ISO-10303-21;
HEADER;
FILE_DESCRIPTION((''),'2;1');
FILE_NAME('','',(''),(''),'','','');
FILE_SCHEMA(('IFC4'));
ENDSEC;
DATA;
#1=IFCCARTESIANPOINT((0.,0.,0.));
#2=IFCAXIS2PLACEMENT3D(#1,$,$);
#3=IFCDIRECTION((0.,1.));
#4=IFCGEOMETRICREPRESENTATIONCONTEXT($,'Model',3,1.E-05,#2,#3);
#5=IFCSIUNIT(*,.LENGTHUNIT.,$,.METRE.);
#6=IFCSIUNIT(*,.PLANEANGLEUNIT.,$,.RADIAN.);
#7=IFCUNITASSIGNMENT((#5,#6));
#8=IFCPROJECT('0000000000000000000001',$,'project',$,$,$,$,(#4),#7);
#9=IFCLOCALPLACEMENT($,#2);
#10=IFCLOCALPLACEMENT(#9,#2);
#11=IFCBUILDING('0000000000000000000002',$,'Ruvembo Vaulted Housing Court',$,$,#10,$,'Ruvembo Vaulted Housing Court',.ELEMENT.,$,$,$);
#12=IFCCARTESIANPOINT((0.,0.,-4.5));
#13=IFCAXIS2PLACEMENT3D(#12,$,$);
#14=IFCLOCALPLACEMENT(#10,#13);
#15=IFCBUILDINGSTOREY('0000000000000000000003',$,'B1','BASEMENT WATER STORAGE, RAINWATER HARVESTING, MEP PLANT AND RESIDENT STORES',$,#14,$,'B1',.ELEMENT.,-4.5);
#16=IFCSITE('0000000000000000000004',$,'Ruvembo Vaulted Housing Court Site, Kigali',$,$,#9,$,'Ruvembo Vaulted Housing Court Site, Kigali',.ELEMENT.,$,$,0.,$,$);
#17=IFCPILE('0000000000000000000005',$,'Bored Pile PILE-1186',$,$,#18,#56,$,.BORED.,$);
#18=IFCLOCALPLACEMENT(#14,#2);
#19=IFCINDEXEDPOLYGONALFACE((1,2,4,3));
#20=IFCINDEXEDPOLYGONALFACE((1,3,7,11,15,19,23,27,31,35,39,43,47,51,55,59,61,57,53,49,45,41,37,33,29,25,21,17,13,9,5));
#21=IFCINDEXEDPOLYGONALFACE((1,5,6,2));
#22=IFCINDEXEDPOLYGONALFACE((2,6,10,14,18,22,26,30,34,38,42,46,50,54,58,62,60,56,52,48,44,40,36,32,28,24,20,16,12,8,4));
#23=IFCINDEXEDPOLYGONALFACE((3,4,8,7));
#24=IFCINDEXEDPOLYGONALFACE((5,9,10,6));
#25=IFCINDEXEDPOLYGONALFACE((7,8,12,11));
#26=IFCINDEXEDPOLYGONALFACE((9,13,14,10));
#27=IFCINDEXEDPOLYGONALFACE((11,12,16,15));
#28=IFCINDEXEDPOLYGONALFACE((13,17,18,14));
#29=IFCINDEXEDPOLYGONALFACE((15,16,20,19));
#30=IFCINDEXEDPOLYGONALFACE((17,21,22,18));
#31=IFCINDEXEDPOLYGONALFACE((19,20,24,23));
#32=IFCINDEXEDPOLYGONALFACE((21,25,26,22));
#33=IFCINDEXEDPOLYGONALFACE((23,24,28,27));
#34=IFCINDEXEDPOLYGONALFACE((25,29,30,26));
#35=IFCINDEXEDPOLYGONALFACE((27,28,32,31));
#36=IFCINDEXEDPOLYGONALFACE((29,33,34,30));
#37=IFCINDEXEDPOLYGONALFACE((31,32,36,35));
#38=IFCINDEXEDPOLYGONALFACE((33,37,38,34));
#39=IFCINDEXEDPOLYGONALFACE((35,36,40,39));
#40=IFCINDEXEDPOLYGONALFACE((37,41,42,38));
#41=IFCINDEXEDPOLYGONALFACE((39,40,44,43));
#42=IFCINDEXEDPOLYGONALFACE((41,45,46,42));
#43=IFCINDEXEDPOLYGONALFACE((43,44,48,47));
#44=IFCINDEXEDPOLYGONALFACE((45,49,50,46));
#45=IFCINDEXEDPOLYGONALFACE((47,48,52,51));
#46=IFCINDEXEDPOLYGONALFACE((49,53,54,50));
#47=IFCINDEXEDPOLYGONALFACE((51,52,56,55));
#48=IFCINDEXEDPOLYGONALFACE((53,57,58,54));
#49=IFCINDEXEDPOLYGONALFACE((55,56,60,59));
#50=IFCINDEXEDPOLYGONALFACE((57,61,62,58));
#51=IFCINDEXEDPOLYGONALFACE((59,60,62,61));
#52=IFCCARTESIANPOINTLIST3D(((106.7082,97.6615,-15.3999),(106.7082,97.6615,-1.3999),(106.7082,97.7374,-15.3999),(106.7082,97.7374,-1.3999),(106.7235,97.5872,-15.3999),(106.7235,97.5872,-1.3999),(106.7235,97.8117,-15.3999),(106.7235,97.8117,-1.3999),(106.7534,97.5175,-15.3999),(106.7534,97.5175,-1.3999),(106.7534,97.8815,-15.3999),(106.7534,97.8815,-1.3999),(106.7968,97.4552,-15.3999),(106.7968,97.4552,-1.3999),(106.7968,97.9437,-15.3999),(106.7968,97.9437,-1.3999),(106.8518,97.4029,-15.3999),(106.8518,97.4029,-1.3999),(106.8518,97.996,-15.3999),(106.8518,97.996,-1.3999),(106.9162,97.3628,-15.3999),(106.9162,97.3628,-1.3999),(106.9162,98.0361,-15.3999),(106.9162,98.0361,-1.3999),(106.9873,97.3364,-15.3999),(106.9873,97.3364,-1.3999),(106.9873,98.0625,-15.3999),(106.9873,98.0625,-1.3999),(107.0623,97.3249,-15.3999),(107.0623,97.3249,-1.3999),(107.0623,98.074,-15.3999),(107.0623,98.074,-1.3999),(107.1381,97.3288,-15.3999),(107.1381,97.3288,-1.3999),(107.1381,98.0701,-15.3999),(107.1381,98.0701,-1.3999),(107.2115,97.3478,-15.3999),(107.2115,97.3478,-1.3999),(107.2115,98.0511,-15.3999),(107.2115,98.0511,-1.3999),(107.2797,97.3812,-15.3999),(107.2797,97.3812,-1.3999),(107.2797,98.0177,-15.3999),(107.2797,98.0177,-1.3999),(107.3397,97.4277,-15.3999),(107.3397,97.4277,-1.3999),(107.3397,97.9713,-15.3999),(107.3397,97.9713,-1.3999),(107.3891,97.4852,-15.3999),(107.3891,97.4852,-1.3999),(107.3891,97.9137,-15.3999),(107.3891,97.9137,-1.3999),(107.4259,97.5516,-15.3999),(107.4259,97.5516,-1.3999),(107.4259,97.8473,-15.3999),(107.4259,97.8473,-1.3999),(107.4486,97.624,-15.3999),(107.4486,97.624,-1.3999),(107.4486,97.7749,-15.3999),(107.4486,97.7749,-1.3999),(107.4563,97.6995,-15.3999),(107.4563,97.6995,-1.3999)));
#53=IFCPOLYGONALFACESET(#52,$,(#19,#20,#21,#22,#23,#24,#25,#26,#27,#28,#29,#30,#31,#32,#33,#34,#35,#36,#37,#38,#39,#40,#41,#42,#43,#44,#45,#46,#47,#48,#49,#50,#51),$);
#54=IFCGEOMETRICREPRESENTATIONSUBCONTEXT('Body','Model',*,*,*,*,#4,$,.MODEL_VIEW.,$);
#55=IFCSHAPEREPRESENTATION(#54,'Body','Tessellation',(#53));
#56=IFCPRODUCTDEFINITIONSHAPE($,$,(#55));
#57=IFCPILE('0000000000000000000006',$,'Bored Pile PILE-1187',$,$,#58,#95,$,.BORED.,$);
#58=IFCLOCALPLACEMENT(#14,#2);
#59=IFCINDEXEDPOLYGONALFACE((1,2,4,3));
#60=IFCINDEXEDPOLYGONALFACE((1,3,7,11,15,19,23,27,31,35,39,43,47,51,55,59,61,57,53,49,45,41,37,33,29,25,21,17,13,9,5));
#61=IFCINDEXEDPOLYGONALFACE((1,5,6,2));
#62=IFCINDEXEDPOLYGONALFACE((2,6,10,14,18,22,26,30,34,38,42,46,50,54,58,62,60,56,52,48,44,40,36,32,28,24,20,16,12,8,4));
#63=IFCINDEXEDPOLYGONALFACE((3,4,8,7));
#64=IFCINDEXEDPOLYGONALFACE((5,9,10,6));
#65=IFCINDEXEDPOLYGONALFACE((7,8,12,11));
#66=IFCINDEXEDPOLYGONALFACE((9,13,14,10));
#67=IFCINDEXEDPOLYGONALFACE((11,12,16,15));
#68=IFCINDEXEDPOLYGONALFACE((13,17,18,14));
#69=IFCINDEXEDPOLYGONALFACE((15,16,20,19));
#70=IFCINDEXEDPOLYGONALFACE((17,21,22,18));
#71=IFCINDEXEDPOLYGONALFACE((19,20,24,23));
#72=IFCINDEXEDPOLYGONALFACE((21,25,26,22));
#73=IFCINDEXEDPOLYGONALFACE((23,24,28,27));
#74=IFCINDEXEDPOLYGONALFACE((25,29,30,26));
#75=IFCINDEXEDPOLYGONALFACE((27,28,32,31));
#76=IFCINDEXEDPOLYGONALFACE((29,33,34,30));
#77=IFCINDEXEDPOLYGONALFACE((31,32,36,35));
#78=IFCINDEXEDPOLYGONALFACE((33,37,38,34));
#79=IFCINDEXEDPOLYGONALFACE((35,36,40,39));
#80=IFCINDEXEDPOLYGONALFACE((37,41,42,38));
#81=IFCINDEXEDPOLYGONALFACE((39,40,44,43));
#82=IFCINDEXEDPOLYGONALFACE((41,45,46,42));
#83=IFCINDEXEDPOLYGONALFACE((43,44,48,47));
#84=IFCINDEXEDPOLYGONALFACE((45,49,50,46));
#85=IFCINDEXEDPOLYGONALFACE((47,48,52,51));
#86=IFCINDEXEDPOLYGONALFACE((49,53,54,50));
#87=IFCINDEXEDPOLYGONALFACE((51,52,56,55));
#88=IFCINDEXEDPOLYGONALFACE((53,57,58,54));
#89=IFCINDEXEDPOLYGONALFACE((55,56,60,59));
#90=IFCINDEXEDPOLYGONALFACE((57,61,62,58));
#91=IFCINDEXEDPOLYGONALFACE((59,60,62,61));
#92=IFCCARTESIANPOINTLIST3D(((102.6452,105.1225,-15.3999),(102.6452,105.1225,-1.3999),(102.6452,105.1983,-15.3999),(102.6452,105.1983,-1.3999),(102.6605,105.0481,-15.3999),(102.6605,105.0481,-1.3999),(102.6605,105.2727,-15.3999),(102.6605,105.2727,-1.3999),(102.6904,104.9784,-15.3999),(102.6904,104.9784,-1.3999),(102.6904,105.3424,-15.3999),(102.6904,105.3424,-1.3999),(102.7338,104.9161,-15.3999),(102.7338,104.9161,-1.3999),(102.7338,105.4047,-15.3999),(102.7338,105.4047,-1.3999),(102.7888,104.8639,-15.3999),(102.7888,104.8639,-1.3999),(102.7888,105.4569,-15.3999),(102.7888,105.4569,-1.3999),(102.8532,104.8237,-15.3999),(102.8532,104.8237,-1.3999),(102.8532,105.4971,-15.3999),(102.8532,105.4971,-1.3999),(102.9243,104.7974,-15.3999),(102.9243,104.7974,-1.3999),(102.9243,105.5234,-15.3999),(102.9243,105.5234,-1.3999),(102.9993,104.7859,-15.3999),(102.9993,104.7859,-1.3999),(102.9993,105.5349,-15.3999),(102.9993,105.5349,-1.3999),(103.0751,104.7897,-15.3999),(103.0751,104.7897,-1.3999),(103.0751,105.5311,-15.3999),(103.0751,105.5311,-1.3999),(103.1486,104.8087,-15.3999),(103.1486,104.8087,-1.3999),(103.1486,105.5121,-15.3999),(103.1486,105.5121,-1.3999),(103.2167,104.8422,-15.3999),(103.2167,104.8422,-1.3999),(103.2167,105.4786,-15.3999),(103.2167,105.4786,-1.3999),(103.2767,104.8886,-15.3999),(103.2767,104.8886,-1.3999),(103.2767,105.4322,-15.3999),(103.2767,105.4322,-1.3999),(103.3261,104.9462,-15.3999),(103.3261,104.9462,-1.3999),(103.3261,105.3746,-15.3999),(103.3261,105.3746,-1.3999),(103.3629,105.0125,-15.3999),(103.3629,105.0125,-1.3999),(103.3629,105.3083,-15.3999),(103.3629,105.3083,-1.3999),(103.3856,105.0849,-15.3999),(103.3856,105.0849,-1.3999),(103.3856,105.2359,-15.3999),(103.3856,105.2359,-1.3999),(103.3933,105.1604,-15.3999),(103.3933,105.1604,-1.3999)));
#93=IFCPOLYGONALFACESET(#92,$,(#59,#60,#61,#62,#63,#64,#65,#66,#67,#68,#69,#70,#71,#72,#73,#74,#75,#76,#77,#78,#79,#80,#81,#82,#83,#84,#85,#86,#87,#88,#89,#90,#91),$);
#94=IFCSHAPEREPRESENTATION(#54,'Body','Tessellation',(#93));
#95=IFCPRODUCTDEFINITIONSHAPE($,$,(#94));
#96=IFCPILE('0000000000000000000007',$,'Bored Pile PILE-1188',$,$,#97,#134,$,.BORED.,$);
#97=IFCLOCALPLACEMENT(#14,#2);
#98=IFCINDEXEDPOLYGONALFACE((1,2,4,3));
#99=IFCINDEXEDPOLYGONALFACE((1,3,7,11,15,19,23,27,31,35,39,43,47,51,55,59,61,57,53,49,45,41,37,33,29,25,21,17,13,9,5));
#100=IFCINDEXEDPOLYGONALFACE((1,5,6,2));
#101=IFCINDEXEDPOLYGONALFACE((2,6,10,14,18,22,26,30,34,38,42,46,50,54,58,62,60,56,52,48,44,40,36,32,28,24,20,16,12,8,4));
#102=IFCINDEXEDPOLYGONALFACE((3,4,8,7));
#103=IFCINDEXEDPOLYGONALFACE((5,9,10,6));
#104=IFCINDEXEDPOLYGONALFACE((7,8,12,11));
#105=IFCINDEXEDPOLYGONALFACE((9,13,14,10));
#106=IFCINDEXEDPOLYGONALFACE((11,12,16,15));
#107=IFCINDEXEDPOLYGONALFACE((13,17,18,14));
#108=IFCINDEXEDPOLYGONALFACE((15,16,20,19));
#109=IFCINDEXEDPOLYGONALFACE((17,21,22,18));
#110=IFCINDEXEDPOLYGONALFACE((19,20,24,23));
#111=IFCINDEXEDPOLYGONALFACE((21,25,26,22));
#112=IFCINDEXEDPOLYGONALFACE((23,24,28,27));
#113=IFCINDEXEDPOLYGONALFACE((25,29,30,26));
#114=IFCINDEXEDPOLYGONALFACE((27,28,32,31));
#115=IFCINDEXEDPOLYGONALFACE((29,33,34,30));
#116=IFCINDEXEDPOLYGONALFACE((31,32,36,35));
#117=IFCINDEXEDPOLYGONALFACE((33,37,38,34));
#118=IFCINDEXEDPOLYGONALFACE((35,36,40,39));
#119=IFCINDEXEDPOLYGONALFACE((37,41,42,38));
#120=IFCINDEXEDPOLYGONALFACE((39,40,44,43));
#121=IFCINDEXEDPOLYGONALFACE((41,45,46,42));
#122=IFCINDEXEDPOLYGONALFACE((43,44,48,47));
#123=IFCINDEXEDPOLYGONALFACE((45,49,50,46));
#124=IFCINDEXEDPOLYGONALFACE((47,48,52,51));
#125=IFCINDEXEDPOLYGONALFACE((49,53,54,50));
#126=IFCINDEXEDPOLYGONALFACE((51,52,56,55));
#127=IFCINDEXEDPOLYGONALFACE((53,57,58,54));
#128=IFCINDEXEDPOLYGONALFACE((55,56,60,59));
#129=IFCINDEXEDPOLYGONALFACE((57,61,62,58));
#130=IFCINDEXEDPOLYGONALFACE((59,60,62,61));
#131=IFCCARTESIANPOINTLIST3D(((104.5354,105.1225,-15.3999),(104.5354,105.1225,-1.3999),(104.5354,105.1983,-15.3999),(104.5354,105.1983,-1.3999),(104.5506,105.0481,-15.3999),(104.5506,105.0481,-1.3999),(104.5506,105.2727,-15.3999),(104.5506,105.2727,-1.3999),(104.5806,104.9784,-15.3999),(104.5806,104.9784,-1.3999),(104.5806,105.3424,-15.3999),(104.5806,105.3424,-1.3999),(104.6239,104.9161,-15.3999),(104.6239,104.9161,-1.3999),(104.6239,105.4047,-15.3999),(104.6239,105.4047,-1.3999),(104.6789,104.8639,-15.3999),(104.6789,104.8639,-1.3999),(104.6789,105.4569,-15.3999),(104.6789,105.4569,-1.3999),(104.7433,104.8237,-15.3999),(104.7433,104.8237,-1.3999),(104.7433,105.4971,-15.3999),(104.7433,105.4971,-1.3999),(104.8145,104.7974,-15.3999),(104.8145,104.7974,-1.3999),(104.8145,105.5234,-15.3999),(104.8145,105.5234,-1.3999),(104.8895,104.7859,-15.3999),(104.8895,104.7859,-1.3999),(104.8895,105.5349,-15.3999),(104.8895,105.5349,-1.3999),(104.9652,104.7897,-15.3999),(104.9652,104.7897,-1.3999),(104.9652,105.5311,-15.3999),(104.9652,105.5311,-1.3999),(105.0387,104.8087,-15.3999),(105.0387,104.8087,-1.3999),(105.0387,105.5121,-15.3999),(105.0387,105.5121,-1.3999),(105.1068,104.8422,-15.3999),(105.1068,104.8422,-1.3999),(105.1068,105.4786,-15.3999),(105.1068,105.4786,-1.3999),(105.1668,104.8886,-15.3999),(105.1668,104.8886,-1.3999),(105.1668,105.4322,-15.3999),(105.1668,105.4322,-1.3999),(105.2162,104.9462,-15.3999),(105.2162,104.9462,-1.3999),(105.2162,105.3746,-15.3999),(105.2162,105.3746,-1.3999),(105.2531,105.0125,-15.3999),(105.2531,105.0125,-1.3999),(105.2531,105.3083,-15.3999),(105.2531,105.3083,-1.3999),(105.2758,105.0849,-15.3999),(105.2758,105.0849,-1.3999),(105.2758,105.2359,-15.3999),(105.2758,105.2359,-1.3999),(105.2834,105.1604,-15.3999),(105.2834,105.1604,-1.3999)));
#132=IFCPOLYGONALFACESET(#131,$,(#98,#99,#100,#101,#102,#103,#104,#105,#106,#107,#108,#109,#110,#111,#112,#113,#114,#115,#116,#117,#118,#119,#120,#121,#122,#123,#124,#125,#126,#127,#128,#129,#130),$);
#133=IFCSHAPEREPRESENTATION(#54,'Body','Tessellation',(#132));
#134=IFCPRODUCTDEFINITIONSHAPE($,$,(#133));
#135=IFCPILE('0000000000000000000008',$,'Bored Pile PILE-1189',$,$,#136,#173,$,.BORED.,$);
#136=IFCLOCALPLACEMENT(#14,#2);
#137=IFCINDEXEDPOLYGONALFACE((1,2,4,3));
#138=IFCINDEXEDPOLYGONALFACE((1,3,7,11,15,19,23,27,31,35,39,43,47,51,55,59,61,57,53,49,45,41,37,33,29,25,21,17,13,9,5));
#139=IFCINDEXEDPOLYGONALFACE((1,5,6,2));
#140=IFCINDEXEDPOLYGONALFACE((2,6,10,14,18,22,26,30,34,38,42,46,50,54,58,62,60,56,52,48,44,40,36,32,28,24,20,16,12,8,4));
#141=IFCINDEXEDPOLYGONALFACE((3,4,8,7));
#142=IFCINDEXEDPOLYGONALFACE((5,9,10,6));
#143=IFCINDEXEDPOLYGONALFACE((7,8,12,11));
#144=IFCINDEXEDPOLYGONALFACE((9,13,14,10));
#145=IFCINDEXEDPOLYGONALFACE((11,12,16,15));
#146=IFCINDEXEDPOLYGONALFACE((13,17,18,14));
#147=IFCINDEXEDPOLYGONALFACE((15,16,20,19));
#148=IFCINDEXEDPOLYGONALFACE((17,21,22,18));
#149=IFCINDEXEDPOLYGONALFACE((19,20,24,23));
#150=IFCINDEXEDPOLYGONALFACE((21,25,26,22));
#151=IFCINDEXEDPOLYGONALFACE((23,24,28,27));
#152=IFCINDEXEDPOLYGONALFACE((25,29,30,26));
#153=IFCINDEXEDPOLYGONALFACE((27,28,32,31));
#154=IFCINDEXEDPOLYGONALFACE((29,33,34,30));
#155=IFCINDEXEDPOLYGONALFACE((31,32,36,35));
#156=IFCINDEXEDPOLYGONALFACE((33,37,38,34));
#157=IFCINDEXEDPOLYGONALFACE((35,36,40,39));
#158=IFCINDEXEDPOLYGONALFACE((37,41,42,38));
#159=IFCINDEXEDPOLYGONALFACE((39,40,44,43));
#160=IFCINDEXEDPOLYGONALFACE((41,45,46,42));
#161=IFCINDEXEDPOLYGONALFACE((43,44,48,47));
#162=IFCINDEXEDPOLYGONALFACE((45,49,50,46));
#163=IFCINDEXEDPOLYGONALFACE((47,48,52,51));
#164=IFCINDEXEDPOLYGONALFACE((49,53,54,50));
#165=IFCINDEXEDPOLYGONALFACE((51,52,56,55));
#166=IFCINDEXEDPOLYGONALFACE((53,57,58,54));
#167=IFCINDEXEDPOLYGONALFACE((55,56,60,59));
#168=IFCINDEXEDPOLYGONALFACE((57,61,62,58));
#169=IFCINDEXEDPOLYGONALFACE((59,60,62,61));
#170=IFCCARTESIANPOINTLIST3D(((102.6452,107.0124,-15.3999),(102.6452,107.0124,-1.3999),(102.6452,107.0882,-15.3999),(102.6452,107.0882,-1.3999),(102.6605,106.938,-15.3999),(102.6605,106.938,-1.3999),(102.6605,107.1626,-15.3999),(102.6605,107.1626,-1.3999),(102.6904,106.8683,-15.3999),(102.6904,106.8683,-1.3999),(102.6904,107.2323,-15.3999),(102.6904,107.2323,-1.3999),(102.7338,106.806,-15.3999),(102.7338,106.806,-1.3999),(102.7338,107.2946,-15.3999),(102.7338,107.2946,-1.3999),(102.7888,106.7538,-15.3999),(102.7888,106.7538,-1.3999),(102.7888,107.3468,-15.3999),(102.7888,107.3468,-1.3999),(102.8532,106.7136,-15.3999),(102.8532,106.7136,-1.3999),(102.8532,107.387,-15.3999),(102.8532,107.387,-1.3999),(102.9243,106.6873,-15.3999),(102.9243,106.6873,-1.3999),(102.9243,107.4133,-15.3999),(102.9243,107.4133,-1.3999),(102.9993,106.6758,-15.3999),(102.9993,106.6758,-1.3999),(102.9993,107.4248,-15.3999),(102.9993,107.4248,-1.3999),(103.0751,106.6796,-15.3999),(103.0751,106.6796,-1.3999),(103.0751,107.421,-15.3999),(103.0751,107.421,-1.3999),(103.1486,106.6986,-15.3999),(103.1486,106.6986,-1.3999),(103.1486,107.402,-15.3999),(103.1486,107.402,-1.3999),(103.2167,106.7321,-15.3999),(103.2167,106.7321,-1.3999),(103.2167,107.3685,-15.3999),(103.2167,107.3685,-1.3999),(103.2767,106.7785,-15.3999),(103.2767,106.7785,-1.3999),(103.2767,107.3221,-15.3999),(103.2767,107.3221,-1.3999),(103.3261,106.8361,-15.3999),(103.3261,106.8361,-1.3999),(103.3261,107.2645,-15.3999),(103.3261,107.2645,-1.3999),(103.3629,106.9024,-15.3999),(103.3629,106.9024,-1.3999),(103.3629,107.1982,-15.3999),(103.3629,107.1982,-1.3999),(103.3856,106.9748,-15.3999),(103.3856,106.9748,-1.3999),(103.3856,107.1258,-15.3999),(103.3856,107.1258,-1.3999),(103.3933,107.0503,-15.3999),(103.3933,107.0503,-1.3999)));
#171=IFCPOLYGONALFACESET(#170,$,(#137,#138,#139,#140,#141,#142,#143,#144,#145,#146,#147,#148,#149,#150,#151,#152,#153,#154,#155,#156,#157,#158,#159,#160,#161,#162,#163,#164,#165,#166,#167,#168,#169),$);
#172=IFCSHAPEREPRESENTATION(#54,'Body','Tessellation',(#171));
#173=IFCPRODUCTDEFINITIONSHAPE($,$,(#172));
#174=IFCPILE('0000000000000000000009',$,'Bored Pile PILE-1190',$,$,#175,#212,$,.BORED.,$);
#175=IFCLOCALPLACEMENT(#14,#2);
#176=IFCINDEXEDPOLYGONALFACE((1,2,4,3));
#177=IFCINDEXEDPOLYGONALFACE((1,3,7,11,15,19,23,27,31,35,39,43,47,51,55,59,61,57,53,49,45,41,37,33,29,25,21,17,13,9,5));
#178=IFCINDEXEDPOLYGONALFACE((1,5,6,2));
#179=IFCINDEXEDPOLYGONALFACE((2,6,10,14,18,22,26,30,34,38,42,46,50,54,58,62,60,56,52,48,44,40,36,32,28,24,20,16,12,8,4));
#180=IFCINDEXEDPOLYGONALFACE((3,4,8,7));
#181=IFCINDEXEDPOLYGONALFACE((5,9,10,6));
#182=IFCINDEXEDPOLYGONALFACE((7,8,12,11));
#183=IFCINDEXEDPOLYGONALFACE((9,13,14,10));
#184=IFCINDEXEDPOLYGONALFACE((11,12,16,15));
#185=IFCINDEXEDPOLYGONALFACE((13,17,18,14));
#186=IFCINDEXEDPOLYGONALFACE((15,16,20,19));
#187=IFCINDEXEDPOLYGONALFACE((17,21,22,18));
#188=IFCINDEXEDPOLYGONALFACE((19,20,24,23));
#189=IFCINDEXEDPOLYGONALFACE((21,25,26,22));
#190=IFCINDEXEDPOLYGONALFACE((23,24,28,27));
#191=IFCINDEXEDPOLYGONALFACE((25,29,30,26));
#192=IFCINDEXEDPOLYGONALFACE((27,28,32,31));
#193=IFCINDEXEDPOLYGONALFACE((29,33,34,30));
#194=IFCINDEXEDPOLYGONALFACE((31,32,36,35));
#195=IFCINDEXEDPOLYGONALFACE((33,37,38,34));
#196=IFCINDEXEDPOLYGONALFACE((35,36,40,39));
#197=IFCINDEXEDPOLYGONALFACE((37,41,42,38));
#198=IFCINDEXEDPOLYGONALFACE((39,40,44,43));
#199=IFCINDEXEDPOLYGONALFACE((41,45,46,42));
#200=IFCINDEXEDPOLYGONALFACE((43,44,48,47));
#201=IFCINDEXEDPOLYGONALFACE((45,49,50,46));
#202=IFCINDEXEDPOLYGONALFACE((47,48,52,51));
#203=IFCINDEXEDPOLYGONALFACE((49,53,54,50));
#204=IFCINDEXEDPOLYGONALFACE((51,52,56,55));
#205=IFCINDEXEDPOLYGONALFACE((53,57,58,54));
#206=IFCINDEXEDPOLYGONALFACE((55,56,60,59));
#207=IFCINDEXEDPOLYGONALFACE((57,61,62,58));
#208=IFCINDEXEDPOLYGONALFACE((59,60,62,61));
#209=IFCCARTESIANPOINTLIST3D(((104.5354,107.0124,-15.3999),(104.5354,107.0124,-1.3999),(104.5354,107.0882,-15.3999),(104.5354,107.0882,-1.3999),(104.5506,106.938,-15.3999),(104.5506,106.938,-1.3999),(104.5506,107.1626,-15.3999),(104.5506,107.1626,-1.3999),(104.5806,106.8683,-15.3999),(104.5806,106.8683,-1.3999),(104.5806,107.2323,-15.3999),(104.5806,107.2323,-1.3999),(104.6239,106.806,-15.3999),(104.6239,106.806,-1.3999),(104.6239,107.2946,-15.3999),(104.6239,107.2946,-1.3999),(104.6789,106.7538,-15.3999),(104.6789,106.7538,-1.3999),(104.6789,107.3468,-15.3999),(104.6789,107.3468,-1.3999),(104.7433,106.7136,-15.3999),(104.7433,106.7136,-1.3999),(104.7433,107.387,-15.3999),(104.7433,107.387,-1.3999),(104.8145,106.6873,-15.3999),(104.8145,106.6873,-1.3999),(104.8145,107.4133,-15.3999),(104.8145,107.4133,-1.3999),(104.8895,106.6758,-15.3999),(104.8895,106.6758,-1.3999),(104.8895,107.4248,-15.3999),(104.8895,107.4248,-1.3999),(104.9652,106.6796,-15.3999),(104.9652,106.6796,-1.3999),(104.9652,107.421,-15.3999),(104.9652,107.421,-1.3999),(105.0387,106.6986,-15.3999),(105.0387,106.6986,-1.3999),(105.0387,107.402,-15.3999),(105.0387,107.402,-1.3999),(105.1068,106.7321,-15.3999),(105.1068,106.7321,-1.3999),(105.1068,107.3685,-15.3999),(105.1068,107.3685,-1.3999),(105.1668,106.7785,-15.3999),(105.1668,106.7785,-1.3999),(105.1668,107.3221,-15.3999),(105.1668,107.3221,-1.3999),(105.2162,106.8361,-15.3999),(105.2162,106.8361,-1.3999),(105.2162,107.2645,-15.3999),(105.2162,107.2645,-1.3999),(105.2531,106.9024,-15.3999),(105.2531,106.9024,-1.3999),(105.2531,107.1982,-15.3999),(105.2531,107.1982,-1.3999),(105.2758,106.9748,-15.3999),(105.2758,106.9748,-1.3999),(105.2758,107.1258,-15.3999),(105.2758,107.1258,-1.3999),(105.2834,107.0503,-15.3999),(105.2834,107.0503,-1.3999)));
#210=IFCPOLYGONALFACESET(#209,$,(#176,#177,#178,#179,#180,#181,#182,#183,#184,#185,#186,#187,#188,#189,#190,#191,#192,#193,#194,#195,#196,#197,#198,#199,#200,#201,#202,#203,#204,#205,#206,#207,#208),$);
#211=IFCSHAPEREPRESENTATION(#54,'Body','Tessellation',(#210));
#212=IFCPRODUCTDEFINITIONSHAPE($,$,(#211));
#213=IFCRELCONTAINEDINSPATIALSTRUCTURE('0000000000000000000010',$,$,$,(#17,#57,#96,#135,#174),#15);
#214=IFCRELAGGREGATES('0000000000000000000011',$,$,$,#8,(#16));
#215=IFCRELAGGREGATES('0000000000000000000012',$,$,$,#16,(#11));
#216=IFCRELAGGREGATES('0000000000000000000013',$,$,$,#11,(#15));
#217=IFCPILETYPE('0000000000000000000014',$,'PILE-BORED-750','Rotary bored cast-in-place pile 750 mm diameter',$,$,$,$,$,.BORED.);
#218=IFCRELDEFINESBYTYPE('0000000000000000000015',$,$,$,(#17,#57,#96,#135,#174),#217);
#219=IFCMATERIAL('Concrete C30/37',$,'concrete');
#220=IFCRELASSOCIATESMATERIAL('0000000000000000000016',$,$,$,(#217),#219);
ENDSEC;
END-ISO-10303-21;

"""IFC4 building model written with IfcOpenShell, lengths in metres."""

from ifc_helpers import new_model, si_unit, direction, frame, origin, origin_2d, place, context, subcontext, project, spatial, circle, extrude, material, material_profile, profile_set, type_object, element, save


model = new_model("IFC4")

# Units and contexts
model_context = context("Model", 3, precision=1e-05, world=origin(), true_north=direction((0.0, 1.0)))
body_context = subcontext(model_context, "Body", "Model", "MODEL_VIEW")
ifc_project = project(units=[si_unit("LENGTHUNIT", "METRE"), si_unit("PLANEANGLEUNIT", "RADIAN")], contexts=[model_context])

# Site, building, storey
site_placement = place(None, origin())
site = spatial("IfcSite", under=ifc_project, at=site_placement, Name="Ruvembo Vaulted Housing Court Site, Kigali", LongName="Ruvembo Vaulted Housing Court Site, Kigali", CompositionType="ELEMENT", RefElevation=0.0)
building_placement = place(site_placement, origin())
building = spatial("IfcBuilding", under=site, at=building_placement, Name="Ruvembo Vaulted Housing Court", LongName="Ruvembo Vaulted Housing Court", CompositionType="ELEMENT")
storey_placement = place(building_placement, frame((0.0, 0.0, -4.5)))
storey = spatial("IfcBuildingStorey", under=building, at=storey_placement, Name="B1", Description="BASEMENT WATER STORAGE, RAINWATER HARVESTING, MEP PLANT AND RESIDENT STORES", LongName="B1", CompositionType="ELEMENT", Elevation=-4.5)

# Piles
ifc_material_1 = material(Name="Concrete C30/37", Category="concrete")
ifc_material_profile_1 = material_profile(ifc_material_1, circle(Radius=0.375, at=origin_2d()), Name="PILE D750")
ifc_profile_set_1 = profile_set([ifc_material_profile_1], Name="Concrete C30/37")
pile_type = type_object("IfcPileType", Name="PILE-BORED-750", Description="Rotary bored cast-in-place pile 750 mm diameter", PredefinedType="BORED", material=ifc_profile_set_1)
for number, where, z_axis, x_axis, name in (
    (1, (107.0813, 97.6995, -1.3999), (0.0, 0.0, -1.0), (1.0, 0.0, 0.0), "Bored Pile PILE-1186"),
    (2, (103.0183, 105.1604, -1.3999), (0.0, 0.0, -1.0), (1.0, 0.0, 0.0), "Bored Pile PILE-1187"),
    (3, (104.9084, 105.1604, -1.3999), (0.0, 0.0, -1.0), (1.0, 0.0, 0.0), "Bored Pile PILE-1188"),
    (4, (103.0183, 107.0503, -1.3999), (0.0, 0.0, -1.0), (1.0, 0.0, 0.0), "Bored Pile PILE-1189"),
    (5, (104.9084, 107.0503, -1.3999), (0.0, 0.0, -1.0), (1.0, 0.0, 0.0), "Bored Pile PILE-1190"),
):
    element("IfcPile", number, at=place(storey_placement, frame(where, z_axis=z_axis, x_axis=x_axis)), inside=storey, type_object=pile_type, Name=name, PredefinedType="BORED", context=body_context, shape_type="SweptSolid", body=[
        extrude(circle(Radius=0.375, at=origin_2d()), origin(), (0.0, 0.0, 1.0), 14.0),
    ])

save(model, "model.ifc")
